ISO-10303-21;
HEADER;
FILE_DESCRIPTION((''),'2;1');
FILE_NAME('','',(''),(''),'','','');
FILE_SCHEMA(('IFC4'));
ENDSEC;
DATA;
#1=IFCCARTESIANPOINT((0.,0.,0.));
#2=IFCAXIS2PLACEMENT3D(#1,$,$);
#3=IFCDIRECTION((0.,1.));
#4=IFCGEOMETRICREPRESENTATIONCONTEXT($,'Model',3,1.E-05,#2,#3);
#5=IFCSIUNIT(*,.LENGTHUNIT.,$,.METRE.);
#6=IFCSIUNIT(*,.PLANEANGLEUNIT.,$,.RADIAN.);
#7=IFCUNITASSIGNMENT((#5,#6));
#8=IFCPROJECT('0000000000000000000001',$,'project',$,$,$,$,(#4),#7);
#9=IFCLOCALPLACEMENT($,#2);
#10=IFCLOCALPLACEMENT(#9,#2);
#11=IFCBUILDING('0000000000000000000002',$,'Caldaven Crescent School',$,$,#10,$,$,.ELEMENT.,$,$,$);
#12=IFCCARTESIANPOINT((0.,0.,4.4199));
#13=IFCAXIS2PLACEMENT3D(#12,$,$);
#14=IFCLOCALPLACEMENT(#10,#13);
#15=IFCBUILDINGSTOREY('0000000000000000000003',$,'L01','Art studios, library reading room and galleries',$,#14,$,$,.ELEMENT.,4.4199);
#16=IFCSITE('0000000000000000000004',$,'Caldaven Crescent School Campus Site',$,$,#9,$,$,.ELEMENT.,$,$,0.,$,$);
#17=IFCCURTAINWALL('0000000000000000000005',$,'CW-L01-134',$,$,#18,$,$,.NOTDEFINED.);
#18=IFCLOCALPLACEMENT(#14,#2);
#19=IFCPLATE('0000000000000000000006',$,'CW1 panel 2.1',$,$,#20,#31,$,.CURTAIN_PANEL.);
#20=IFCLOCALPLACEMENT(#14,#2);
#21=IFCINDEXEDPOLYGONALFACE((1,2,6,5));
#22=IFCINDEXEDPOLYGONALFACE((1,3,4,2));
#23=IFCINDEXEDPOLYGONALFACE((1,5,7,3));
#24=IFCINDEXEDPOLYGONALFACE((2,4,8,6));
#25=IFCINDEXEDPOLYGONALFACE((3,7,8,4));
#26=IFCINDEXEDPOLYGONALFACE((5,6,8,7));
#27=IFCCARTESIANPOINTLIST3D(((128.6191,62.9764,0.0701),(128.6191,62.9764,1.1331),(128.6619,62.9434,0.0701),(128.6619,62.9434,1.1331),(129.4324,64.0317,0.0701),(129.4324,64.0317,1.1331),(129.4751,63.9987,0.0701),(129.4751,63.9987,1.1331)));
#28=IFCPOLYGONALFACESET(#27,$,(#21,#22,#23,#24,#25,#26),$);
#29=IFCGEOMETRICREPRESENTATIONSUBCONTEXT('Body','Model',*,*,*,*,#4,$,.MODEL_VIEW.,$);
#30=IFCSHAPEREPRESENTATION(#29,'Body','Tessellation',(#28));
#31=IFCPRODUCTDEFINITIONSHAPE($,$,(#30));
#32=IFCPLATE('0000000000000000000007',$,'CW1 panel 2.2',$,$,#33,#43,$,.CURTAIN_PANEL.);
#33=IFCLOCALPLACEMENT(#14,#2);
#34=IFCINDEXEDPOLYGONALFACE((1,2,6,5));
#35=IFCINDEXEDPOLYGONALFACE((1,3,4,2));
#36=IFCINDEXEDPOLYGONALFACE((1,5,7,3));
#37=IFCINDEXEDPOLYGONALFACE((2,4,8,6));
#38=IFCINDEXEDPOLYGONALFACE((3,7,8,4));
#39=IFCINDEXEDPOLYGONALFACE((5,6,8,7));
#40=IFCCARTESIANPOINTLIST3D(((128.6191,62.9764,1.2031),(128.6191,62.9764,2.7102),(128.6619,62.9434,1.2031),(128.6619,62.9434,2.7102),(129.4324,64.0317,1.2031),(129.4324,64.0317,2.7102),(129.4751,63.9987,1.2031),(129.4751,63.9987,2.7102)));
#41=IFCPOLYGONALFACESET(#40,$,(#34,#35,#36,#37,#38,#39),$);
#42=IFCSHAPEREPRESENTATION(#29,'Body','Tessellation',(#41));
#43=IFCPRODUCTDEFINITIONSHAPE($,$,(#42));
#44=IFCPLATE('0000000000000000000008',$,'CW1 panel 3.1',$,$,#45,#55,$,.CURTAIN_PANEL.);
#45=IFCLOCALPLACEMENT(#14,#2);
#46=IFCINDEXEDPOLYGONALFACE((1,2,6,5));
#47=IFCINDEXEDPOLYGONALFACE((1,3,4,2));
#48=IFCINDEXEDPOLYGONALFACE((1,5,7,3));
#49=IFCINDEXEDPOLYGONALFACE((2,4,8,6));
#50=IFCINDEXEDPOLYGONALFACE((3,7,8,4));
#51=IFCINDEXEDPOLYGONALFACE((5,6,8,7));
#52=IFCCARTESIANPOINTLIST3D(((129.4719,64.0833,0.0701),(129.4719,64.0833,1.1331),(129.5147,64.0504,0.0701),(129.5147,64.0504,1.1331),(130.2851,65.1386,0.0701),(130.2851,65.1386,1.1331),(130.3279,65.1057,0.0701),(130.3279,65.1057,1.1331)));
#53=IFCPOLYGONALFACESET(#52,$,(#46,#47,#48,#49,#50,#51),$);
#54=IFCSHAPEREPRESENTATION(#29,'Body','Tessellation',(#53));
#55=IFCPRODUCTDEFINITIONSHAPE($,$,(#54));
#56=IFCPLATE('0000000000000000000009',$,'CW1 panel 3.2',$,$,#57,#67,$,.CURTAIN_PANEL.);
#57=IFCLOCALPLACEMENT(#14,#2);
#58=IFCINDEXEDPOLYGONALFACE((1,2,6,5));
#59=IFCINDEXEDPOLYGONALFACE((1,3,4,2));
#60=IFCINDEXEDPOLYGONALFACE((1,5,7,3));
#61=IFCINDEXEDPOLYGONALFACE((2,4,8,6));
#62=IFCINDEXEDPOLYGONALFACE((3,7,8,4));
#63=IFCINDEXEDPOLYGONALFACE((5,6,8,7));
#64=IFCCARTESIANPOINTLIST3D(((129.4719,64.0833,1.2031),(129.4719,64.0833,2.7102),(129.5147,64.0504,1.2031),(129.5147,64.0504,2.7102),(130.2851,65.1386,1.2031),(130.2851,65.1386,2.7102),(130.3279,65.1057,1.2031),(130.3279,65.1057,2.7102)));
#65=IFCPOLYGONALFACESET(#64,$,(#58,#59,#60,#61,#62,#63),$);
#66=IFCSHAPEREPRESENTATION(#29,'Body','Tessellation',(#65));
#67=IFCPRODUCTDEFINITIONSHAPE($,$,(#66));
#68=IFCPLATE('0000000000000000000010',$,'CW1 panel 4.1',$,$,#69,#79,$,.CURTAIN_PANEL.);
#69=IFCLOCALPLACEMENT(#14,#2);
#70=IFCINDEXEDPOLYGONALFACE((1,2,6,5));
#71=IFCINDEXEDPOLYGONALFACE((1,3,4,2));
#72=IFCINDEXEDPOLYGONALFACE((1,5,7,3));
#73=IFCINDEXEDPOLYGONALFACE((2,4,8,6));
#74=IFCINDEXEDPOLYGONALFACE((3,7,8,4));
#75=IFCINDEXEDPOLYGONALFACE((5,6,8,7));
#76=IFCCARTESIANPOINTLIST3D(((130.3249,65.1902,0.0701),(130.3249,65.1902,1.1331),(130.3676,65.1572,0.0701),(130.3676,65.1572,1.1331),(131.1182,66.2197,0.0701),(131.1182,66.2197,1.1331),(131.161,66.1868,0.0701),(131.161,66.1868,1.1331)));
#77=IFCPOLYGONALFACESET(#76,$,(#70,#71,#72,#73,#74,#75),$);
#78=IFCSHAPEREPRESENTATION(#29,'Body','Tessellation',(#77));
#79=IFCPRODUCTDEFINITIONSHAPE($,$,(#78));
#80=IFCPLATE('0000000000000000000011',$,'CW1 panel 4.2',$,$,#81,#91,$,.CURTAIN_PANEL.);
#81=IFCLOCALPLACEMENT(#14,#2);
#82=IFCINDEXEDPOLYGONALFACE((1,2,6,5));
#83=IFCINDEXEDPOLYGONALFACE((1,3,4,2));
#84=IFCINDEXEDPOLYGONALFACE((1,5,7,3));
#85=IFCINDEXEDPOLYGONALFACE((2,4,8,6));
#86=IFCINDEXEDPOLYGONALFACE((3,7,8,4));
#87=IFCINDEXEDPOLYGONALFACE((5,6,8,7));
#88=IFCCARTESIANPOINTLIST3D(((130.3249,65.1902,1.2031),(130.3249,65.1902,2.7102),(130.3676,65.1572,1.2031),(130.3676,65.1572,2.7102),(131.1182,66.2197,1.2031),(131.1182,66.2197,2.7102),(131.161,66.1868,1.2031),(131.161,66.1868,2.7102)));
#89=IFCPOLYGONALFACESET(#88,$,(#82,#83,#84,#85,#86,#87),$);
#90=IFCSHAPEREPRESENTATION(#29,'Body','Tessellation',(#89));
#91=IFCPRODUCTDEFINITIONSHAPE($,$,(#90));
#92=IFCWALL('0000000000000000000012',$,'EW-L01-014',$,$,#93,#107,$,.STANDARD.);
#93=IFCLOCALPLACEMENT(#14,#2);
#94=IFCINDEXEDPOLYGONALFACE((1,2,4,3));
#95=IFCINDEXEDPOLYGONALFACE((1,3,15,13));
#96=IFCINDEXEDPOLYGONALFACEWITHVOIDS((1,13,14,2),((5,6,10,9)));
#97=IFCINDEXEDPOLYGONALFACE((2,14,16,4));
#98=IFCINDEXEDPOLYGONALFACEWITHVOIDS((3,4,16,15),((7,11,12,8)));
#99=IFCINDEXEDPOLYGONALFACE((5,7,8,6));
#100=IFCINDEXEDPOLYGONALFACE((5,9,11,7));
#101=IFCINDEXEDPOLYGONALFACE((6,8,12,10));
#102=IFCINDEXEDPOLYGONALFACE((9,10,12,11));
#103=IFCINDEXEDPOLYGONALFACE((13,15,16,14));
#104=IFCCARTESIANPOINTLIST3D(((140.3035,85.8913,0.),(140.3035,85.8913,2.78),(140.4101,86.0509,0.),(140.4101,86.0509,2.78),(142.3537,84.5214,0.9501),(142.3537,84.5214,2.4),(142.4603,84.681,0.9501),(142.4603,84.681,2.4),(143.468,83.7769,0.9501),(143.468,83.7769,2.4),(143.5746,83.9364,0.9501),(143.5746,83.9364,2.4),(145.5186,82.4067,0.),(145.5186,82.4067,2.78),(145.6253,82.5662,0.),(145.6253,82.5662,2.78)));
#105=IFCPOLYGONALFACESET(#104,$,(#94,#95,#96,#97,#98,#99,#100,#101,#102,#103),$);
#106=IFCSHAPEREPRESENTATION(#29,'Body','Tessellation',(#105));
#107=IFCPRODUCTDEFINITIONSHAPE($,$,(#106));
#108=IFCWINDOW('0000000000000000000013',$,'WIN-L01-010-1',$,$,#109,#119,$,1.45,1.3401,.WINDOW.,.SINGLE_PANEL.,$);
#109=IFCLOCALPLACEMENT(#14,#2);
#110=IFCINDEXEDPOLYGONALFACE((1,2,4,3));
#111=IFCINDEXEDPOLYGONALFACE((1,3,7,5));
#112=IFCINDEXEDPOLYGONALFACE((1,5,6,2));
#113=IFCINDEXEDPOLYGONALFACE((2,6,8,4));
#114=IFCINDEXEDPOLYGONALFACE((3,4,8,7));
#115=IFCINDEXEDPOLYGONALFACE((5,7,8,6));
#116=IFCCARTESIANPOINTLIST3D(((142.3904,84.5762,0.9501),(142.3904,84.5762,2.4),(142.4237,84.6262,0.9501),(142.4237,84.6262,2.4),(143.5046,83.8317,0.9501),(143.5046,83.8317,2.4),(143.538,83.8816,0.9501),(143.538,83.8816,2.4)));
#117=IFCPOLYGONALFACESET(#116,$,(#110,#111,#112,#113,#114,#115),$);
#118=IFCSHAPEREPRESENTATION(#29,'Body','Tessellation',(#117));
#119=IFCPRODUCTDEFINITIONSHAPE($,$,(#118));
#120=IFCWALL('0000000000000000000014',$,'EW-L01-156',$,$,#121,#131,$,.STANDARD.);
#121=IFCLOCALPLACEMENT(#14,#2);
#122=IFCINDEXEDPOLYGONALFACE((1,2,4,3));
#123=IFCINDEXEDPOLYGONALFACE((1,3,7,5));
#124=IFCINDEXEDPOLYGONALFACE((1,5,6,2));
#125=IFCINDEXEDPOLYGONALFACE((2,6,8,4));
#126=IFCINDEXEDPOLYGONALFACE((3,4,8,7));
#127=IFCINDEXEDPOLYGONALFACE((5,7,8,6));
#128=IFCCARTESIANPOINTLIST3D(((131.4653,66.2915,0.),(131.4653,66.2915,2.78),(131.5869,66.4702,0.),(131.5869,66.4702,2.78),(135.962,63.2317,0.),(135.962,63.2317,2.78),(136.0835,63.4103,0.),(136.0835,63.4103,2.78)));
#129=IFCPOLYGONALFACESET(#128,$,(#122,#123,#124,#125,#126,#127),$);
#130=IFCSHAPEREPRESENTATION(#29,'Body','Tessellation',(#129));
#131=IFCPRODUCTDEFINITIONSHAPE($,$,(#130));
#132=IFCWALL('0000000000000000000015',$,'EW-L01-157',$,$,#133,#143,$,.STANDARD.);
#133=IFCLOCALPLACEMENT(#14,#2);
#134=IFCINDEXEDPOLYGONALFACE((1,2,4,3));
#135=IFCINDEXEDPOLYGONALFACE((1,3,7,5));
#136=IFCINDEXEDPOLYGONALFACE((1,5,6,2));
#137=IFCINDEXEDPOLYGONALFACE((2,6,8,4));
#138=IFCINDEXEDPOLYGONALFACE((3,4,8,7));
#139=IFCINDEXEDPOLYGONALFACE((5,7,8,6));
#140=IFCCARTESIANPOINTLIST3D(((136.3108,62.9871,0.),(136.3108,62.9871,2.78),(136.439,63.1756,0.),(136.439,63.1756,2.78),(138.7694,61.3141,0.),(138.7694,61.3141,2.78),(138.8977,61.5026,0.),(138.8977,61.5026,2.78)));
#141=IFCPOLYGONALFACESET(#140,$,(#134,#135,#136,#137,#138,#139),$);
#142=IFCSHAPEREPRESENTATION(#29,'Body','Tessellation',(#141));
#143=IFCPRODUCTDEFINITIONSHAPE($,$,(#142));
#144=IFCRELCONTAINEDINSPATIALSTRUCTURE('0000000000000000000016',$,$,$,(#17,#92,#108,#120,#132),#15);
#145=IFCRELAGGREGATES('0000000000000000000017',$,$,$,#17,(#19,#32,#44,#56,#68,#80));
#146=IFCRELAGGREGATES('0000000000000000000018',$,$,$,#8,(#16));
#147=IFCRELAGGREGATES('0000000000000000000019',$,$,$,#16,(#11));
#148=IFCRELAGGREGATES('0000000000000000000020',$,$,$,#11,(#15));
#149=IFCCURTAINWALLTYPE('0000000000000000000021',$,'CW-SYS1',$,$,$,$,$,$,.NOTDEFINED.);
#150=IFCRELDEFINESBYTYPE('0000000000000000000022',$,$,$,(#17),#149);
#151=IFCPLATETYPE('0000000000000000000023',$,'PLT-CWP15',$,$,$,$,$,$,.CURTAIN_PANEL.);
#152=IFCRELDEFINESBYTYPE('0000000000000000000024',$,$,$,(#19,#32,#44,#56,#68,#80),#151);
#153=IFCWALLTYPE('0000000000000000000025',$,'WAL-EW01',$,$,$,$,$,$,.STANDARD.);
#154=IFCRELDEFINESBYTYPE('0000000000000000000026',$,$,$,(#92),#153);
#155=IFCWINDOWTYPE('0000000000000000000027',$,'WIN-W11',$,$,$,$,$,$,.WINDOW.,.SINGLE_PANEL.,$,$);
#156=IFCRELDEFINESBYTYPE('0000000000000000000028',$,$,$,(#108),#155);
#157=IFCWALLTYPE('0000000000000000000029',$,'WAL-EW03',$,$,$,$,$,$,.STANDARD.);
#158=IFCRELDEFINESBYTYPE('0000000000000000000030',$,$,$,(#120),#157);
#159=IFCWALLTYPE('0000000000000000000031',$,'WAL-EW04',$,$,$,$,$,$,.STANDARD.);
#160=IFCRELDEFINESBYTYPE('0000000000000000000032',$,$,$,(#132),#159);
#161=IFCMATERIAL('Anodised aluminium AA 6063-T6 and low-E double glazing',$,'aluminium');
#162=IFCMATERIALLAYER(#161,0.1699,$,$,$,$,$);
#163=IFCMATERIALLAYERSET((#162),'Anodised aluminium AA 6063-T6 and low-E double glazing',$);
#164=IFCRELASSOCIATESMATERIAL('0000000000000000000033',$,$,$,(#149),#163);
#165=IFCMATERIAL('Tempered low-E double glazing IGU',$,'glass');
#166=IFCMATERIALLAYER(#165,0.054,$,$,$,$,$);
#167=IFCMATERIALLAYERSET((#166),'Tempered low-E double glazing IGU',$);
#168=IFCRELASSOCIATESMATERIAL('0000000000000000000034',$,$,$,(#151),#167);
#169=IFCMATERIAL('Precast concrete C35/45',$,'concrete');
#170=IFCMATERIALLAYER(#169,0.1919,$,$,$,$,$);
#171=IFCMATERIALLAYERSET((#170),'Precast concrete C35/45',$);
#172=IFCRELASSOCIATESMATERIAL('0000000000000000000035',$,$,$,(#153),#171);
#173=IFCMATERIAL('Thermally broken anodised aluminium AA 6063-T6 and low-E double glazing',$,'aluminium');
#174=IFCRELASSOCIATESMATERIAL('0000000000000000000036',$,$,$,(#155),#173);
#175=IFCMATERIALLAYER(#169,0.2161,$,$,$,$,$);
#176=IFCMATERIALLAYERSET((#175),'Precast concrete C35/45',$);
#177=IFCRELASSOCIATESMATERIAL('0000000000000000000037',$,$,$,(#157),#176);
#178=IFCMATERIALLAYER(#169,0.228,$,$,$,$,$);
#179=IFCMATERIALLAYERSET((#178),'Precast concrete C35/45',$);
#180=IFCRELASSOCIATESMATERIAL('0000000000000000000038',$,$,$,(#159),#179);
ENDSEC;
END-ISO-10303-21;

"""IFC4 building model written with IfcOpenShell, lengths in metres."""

from ifc_helpers import new_model, si_unit, direction, frame, frame_2d, origin, origin_2d, place, context, subcontext, project, spatial, rectangle, extrude, material, layer, layer_set, type_object, element, fill, aggregate, save


model = new_model("IFC4")

# Units and contexts
model_context = context("Model", 3, precision=1e-05, world=origin(), true_north=direction((0.0, 1.0)))
body_context = subcontext(model_context, "Body", "Model", "MODEL_VIEW")
ifc_project = project(units=[si_unit("LENGTHUNIT", "METRE"), si_unit("PLANEANGLEUNIT", "RADIAN")], contexts=[model_context])

# Site, building, storey
site_placement = place(None, origin())
site = spatial("IfcSite", under=ifc_project, at=site_placement, Name="Caldaven Crescent School Campus Site", CompositionType="ELEMENT", RefElevation=0.0)
building_placement = place(site_placement, origin())
building = spatial("IfcBuilding", under=site, at=building_placement, Name="Caldaven Crescent School", CompositionType="ELEMENT")
storey_placement = place(building_placement, frame((0.0, 0.0, 4.4199)))
storey = spatial("IfcBuildingStorey", under=building, at=storey_placement, Name="L01", Description="Art studios, library reading room and galleries", CompositionType="ELEMENT", Elevation=4.4199)

# Shared definitions
ifc_material_1 = material(Name="Anodised aluminium AA 6063-T6 and low-E double glazing", Category="aluminium")

# Curtain wall
ifc_layer_1 = layer(ifc_material_1, 0.1699)
ifc_layer_set_1 = layer_set([ifc_layer_1], Name="Anodised aluminium AA 6063-T6 and low-E double glazing")
curtain_wall_type_1 = type_object("IfcCurtainWallType", Name="CW-SYS1", PredefinedType="NOTDEFINED", material=ifc_layer_set_1)
curtain_wall_1_placement = place(storey_placement, origin())
curtain_wall_1 = element("IfcCurtainWall", 1, at=curtain_wall_1_placement, inside=storey, type_object=curtain_wall_type_1, Name="CW-L01-134", PredefinedType="NOTDEFINED")

# Plates
ifc_material_2 = material(Name="Tempered low-E double glazing IGU", Category="glass")
ifc_layer_2 = layer(ifc_material_2, 0.054)
ifc_layer_set_2 = layer_set([ifc_layer_2], Name="Tempered low-E double glazing IGU")
plate_type_1 = type_object("IfcPlateType", Name="PLT-CWP15", PredefinedType="CURTAIN_PANEL", material=ifc_layer_set_2)
plate_1_placement = place(storey_placement, frame((129.0471, 63.4875, 0.0701), z_axis=(0.0, 0.0, 1.0), x_axis=(0.610387, 0.792103, 0.0)))
plate_1 = element("IfcPlate", 2, at=plate_1_placement, type_object=plate_type_1, Name="CW1 panel 2.1", PredefinedType="CURTAIN_PANEL", context=body_context, shape_type="SweptSolid", body=[
    extrude(rectangle(XDim=1.3323, YDim=0.054, at=origin_2d()), origin(), (0.0, 0.0, 1.0), 1.063),
])
plate_2_placement = place(storey_placement, frame((129.0471, 63.4875, 1.2031), z_axis=(0.0, 0.0, 1.0), x_axis=(0.610387, 0.792103, 0.0)))
plate_2 = element("IfcPlate", 3, at=plate_2_placement, type_object=plate_type_1, Name="CW1 panel 2.2", PredefinedType="CURTAIN_PANEL", context=body_context, shape_type="SweptSolid", body=[
    extrude(rectangle(XDim=1.3323, YDim=0.054, at=origin_2d()), origin(), (0.0, 0.0, 1.0), 1.5071),
])
plate_3_placement = place(storey_placement, frame((129.8999, 64.5945, 0.0701), z_axis=(0.0, 0.0, 1.0), x_axis=(0.610387, 0.792103, 0.0)))
plate_3 = element("IfcPlate", 4, at=plate_3_placement, type_object=plate_type_1, Name="CW1 panel 3.1", PredefinedType="CURTAIN_PANEL", context=body_context, shape_type="SweptSolid", body=[
    extrude(rectangle(XDim=1.3323, YDim=0.054, at=origin_2d()), origin(), (0.0, 0.0, 1.0), 1.063),
])
plate_4_placement = place(storey_placement, frame((129.8999, 64.5945, 1.2031), z_axis=(0.0, 0.0, 1.0), x_axis=(0.610387, 0.792103, 0.0)))
plate_4 = element("IfcPlate", 5, at=plate_4_placement, type_object=plate_type_1, Name="CW1 panel 3.2", PredefinedType="CURTAIN_PANEL", context=body_context, shape_type="SweptSolid", body=[
    extrude(rectangle(XDim=1.3323, YDim=0.054, at=origin_2d()), origin(), (0.0, 0.0, 1.0), 1.5071),
])
plate_5_placement = place(storey_placement, frame((130.7429, 65.6885, 0.0701), z_axis=(0.0, 0.0, 1.0), x_axis=(0.610387, 0.792103, 0.0)))
plate_5 = element("IfcPlate", 6, at=plate_5_placement, type_object=plate_type_1, Name="CW1 panel 4.1", PredefinedType="CURTAIN_PANEL", context=body_context, shape_type="SweptSolid", body=[
    extrude(rectangle(XDim=1.2998, YDim=0.054, at=origin_2d()), origin(), (0.0, 0.0, 1.0), 1.063),
])
plate_6_placement = place(storey_placement, frame((130.7429, 65.6885, 1.2031), z_axis=(0.0, 0.0, 1.0), x_axis=(0.610387, 0.792103, 0.0)))
plate_6 = element("IfcPlate", 7, at=plate_6_placement, type_object=plate_type_1, Name="CW1 panel 4.2", PredefinedType="CURTAIN_PANEL", context=body_context, shape_type="SweptSolid", body=[
    extrude(rectangle(XDim=1.2998, YDim=0.054, at=origin_2d()), origin(), (0.0, 0.0, 1.0), 1.5071),
])
aggregate(curtain_wall_1, [plate_1, plate_2, plate_3, plate_4, plate_5, plate_6])

# Wall, opening, window
ifc_material_3 = material(Name="Precast concrete C35/45", Category="concrete")
ifc_layer_3 = layer(ifc_material_3, 0.1919)
ifc_layer_set_3 = layer_set([ifc_layer_3], Name="Precast concrete C35/45")
wall_type_1 = type_object("IfcWallType", Name="WAL-EW01", PredefinedType="STANDARD", material=ifc_layer_set_3)
wall_1_placement = place(storey_placement, frame((140.3567, 85.9712, 0.0), z_axis=(0.0, 0.0, 1.0), x_axis=(0.831469, -0.555571, 0.0)))
wall_1 = element("IfcWall", 8, at=wall_1_placement, inside=storey, type_object=wall_type_1, Name="EW-L01-014", PredefinedType="STANDARD", context=body_context, shape_type="SweptSolid", body=[
    extrude(rectangle(XDim=6.2722, YDim=0.1919, at=frame_2d((3.1362, 0.0))), origin(), (0.0, 0.0, 1.0), 2.78),
])
opening_placement = place(wall_1_placement, frame((2.4661, 0.0, 0.95)))
opening = element("IfcOpeningElement", 9, at=opening_placement, cuts=wall_1, PredefinedType="OPENING", context=body_context, shape_type="SweptSolid", body=[
    extrude(rectangle(XDim=1.3401, YDim=1.45, at=frame_2d((0.6699, 0.7251))), frame((0.0, 0.106, 0.0), z_axis=(0.0, -1.0, 0.0), x_axis=(1.0, 0.0, 0.0)), (0.0, 0.0, 1.0), 0.2119),
])
ifc_material_4 = material(Name="Thermally broken anodised aluminium AA 6063-T6 and low-E double glazing", Category="aluminium")
window_type = type_object("IfcWindowType", Name="WIN-W11", PartitioningType="SINGLE_PANEL", PredefinedType="WINDOW", material=ifc_material_4)
window_placement = place(opening_placement, origin())
window = element("IfcWindow", 10, at=window_placement, inside=storey, type_object=window_type, Name="WIN-L01-010-1", OverallHeight=1.45, OverallWidth=1.3401, PartitioningType="SINGLE_PANEL", PredefinedType="WINDOW", context=body_context, shape_type="SweptSolid", body=[
    extrude(rectangle(XDim=1.3401, YDim=1.45, at=frame_2d((0.6699, 0.7251))), frame((0.0, 0.03, 0.0), z_axis=(0.0, -1.0, 0.0), x_axis=(1.0, 0.0, 0.0)), (0.0, 0.0, 1.0), 0.0601),
])
fill(opening, window)

# Walls
ifc_layer_4 = layer(ifc_material_3, 0.2161)
ifc_layer_set_4 = layer_set([ifc_layer_4], Name="Precast concrete C35/45")
wall_type_2 = type_object("IfcWallType", Name="WAL-EW03", PredefinedType="STANDARD", material=ifc_layer_set_4)
wall_2_placement = place(storey_placement, frame((131.5261, 66.3809, 0.0), z_axis=(0.0, 0.0, 1.0), x_axis=(0.826744, -0.562579, 0.0)))
element("IfcWall", 11, at=wall_2_placement, inside=storey, type_object=wall_type_2, Name="EW-L01-156", PredefinedType="STANDARD", context=body_context, shape_type="SweptSolid", body=[
    extrude(rectangle(XDim=5.439, YDim=0.2161, at=frame_2d((2.7195, 0.0))), origin(), (0.0, 0.0, 1.0), 2.78),
])
ifc_layer_5 = layer(ifc_material_3, 0.228)
ifc_layer_set_5 = layer_set([ifc_layer_5], Name="Precast concrete C35/45")
wall_type_3 = type_object("IfcWallType", Name="WAL-EW04", PredefinedType="STANDARD", material=ifc_layer_set_5)
wall_3_placement = place(storey_placement, frame((136.375, 63.0813, 0.0), z_axis=(0.0, 0.0, 1.0), x_axis=(0.826746, -0.562575, 0.0)))
element("IfcWall", 12, at=wall_3_placement, inside=storey, type_object=wall_type_3, Name="EW-L01-157", PredefinedType="STANDARD", context=body_context, shape_type="SweptSolid", body=[
    extrude(rectangle(XDim=2.9739, YDim=0.228, at=frame_2d((1.4868, 0.0))), origin(), (0.0, 0.0, 1.0), 2.78),
])

save(model, "model.ifc")
